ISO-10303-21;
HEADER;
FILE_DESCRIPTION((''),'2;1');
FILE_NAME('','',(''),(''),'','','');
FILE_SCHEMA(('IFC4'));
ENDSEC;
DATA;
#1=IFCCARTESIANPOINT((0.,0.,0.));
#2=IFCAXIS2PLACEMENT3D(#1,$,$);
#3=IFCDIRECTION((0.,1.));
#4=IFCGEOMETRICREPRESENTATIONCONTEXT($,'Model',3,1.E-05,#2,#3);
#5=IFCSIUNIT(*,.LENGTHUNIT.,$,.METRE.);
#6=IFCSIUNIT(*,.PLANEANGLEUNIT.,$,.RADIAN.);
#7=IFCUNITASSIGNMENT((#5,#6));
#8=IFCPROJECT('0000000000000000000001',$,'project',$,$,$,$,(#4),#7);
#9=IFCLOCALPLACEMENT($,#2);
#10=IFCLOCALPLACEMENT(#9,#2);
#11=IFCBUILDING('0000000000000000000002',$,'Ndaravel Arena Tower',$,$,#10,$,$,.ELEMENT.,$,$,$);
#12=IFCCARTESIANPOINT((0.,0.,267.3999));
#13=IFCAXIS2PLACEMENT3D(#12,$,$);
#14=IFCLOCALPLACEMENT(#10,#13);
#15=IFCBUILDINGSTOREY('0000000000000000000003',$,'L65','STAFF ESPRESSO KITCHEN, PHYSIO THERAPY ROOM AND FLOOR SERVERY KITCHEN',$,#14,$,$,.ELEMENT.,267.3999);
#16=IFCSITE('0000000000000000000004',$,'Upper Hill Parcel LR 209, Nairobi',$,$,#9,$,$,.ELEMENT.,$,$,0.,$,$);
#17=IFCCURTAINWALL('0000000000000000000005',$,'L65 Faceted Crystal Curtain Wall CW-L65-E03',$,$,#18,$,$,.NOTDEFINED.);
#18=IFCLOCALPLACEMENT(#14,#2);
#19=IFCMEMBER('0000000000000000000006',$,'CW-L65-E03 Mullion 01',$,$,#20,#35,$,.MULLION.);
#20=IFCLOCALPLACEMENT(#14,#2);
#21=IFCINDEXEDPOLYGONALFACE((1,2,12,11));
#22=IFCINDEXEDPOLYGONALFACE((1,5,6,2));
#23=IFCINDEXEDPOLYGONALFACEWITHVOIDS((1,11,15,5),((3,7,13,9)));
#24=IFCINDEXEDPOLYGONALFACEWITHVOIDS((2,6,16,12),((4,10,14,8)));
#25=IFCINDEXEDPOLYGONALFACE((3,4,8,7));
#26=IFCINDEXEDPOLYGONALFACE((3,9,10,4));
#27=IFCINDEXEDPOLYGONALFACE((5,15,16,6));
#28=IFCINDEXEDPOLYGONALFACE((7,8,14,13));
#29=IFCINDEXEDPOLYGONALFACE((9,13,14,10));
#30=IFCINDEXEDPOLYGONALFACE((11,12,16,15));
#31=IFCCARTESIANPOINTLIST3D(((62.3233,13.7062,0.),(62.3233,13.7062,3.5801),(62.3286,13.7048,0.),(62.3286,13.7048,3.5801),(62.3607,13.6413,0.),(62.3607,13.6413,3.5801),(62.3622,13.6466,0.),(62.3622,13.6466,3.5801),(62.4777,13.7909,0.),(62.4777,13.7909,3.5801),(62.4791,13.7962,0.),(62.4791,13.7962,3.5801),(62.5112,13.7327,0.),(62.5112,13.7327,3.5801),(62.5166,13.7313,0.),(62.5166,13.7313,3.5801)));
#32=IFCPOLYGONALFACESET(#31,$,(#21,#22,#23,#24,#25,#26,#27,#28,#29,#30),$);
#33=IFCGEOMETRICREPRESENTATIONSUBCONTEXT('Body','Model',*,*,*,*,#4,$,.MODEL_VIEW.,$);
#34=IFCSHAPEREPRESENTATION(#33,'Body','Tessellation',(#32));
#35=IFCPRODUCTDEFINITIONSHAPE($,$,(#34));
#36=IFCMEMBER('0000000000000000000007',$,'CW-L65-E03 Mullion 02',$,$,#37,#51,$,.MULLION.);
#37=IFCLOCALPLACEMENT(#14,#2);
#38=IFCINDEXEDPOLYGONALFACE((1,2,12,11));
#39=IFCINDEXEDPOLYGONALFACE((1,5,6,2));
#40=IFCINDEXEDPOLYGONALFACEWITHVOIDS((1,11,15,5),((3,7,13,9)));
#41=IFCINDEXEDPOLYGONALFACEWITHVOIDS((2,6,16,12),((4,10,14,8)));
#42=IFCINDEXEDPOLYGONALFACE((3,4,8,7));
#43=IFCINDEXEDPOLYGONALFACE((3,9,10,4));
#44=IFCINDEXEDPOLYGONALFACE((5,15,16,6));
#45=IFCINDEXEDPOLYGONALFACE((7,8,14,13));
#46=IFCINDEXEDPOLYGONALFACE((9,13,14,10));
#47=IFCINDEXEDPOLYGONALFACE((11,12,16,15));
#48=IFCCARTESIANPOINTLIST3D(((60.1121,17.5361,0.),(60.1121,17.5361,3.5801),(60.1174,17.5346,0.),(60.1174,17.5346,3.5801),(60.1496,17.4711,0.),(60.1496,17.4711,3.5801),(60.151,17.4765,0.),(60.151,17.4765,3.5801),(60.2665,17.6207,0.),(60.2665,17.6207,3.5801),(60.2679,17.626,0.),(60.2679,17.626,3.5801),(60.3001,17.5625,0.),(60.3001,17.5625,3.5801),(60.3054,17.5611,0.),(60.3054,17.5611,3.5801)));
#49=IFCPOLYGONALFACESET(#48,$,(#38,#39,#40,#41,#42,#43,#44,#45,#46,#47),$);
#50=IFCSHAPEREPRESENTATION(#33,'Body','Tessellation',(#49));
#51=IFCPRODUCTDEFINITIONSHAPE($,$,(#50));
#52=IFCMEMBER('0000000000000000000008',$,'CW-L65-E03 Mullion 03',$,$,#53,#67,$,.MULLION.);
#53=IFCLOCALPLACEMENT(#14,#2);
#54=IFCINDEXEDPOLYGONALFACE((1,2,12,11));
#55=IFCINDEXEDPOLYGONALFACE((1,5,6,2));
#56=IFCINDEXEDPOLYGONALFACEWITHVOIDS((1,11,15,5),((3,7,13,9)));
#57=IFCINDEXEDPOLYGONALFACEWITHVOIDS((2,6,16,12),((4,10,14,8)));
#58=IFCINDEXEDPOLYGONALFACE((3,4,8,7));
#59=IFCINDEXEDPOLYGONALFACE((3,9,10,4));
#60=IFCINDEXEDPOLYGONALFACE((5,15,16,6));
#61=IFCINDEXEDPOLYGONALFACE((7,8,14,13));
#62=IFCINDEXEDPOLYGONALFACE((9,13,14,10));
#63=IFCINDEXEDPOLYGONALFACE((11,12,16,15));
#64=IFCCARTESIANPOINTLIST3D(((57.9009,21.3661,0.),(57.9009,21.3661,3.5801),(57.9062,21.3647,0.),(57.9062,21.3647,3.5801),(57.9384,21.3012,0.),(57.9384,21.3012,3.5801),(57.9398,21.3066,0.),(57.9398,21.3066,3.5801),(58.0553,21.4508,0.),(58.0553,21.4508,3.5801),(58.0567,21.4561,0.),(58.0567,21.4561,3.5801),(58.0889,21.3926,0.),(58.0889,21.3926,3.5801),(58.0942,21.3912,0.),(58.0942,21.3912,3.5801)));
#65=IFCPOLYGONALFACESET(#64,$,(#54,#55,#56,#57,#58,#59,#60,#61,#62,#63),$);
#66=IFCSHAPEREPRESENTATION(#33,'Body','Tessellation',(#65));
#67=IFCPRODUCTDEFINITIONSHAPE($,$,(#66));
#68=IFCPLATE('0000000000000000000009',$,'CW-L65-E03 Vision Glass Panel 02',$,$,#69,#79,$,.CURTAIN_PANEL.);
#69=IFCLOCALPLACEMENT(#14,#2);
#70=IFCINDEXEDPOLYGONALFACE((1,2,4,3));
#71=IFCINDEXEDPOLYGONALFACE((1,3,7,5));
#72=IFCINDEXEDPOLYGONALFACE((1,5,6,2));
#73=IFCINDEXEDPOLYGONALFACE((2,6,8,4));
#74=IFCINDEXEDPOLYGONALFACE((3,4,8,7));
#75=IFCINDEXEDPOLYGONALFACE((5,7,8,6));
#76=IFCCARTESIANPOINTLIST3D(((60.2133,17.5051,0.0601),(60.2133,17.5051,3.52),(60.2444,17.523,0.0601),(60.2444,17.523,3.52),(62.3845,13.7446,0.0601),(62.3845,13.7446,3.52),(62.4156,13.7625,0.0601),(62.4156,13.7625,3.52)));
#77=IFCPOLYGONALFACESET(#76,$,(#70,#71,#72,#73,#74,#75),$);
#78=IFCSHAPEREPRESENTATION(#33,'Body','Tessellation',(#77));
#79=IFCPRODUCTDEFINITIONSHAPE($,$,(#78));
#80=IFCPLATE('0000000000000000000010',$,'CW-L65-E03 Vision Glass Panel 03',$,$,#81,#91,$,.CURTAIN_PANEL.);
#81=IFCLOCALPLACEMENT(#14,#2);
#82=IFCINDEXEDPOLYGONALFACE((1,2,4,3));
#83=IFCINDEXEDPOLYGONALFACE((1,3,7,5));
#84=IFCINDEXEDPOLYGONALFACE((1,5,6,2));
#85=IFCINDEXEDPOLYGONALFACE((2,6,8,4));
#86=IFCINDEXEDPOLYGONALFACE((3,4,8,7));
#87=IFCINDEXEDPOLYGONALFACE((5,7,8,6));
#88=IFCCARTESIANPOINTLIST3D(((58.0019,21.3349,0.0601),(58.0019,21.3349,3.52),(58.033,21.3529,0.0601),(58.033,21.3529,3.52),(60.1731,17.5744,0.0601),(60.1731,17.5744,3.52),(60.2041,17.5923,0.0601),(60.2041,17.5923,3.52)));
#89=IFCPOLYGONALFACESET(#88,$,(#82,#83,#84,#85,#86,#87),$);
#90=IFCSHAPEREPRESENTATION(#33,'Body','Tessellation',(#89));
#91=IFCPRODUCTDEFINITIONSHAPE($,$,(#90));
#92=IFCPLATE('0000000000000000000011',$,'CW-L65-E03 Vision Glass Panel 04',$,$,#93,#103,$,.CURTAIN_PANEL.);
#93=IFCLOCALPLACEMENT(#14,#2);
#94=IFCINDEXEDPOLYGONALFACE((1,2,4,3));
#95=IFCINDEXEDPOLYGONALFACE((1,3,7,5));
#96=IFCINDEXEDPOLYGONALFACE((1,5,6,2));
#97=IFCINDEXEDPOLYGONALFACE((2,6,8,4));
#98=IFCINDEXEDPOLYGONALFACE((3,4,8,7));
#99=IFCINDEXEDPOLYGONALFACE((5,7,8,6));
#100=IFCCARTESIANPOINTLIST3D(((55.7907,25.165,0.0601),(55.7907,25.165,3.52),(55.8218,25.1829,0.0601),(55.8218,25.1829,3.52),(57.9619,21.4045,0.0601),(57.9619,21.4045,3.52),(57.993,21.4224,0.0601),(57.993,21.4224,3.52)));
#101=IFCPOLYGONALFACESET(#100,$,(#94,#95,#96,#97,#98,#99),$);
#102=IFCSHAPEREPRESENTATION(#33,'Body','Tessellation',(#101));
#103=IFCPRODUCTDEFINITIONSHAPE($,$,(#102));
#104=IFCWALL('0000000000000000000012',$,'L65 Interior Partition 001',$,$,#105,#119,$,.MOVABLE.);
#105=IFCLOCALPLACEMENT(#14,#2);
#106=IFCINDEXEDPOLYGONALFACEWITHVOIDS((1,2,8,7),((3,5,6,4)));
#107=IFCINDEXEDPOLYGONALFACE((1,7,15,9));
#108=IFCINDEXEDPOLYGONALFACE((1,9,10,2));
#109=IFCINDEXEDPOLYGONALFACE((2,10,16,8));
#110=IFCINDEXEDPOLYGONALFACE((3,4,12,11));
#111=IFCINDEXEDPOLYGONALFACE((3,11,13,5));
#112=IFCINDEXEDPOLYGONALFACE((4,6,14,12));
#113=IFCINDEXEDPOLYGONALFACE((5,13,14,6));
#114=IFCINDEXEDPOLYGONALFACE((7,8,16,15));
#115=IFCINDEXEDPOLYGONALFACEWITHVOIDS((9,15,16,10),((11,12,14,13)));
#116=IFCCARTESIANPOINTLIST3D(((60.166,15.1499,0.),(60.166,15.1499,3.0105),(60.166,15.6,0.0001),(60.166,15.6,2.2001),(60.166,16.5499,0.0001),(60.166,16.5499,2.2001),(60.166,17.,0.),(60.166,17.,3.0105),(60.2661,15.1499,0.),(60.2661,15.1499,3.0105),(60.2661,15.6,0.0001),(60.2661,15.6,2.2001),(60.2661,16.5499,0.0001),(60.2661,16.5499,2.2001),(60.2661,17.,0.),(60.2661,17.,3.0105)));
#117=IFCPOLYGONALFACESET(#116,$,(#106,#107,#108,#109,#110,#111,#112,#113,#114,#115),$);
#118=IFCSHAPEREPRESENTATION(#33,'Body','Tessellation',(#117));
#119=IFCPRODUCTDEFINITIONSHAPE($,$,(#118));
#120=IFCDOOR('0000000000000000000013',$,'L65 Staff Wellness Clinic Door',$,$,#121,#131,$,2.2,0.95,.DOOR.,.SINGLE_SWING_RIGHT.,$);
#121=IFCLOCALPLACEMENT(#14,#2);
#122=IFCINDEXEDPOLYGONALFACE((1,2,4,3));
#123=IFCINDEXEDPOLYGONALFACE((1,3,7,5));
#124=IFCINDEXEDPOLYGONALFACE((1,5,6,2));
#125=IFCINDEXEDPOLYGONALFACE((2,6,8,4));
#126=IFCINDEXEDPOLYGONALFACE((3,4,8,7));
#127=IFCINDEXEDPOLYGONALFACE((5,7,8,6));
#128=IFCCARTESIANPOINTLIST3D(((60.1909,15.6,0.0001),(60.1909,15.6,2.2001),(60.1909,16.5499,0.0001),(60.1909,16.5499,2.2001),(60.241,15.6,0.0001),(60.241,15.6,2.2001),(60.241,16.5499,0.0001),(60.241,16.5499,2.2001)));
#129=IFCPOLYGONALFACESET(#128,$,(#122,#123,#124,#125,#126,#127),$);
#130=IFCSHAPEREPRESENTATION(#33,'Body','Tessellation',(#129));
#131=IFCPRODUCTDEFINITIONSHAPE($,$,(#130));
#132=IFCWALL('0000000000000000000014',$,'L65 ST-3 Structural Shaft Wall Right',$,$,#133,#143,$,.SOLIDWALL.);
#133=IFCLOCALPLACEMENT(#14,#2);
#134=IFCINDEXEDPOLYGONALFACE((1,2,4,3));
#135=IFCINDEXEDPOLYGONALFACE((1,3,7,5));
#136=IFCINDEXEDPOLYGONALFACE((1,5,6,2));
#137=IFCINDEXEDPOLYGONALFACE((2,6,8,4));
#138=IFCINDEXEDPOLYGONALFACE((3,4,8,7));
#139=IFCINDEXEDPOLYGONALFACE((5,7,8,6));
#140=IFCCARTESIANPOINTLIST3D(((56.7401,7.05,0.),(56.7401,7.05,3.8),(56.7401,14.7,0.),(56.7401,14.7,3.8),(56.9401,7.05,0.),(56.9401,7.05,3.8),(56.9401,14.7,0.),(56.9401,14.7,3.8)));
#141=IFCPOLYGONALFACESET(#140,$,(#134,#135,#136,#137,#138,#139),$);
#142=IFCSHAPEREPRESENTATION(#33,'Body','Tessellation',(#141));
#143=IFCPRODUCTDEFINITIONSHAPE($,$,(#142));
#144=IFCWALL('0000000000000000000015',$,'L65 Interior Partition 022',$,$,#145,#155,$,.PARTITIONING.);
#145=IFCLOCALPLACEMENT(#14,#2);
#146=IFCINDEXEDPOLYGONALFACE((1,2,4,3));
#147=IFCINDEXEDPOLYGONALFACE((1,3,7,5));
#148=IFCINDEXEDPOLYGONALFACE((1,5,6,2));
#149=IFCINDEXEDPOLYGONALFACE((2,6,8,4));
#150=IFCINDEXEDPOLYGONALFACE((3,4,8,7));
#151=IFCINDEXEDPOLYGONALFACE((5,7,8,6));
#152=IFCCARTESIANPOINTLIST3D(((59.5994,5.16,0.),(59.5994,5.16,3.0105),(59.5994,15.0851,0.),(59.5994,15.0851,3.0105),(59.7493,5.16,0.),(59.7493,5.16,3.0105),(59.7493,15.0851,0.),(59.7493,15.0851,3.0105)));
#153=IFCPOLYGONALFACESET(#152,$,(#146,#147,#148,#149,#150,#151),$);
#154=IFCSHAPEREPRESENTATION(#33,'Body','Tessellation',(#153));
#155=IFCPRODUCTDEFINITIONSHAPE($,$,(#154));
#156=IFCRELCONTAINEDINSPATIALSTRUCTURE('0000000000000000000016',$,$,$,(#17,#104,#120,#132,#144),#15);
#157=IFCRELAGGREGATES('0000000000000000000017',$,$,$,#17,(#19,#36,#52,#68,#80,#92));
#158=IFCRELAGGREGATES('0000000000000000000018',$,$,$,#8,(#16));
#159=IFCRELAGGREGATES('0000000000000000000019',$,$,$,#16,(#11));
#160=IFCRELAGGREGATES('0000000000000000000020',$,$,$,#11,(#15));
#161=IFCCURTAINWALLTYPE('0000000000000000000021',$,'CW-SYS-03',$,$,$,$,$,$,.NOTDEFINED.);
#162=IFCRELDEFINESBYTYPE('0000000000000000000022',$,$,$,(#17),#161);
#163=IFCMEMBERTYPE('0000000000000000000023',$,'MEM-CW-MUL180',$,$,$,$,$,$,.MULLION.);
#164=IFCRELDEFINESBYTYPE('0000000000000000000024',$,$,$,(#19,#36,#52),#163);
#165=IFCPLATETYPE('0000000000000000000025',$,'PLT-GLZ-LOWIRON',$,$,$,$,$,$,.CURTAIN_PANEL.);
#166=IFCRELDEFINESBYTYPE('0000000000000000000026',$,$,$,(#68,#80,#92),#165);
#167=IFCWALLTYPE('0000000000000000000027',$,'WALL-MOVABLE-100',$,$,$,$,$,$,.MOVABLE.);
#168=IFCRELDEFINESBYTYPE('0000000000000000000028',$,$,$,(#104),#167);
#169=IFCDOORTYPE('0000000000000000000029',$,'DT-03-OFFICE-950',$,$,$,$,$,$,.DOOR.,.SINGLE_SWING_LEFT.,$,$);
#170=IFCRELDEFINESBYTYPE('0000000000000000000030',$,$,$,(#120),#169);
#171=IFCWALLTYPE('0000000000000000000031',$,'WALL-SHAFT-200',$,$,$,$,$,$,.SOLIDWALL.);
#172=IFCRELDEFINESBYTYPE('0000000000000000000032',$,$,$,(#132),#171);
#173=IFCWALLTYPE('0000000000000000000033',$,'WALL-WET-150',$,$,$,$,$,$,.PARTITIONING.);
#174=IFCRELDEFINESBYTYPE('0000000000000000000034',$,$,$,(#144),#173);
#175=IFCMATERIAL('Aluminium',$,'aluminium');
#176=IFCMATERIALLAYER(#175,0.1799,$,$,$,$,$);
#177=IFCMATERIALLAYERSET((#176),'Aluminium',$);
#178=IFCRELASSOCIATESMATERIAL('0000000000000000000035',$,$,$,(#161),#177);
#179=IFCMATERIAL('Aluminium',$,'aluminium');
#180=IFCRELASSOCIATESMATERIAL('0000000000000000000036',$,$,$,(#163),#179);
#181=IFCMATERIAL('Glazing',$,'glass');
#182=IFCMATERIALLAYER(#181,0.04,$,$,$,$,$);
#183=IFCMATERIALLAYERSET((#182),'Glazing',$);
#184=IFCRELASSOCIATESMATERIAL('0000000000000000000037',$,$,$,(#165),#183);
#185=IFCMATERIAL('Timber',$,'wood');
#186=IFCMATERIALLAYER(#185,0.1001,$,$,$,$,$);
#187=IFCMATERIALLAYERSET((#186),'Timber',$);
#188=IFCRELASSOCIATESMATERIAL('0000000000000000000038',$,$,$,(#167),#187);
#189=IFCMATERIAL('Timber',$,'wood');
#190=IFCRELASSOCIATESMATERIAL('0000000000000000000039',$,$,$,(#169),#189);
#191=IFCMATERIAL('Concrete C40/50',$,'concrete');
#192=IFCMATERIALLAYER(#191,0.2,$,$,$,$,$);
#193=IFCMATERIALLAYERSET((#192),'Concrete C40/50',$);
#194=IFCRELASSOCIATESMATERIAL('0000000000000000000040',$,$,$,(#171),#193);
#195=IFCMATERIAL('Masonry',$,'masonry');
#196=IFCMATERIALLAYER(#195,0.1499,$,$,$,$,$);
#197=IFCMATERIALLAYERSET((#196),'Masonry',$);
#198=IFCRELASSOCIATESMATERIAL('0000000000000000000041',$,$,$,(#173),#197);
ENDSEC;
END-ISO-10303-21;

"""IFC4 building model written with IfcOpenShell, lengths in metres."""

from ifc_helpers import new_model, si_unit, direction, frame, frame_2d, origin, origin_2d, place, context, subcontext, project, spatial, rectangle, hollow_rectangle, extrude, material, layer, layer_set, material_profile, profile_set, type_object, element, fill, aggregate, save


model = new_model("IFC4")

# Units and contexts
model_context = context("Model", 3, precision=1e-05, world=origin(), true_north=direction((0.0, 1.0)))
body_context = subcontext(model_context, "Body", "Model", "MODEL_VIEW")
ifc_project = project(units=[si_unit("LENGTHUNIT", "METRE"), si_unit("PLANEANGLEUNIT", "RADIAN")], contexts=[model_context])

# Site, building, storey
site_placement = place(None, origin())
site = spatial("IfcSite", under=ifc_project, at=site_placement, Name="Upper Hill Parcel LR 209, Nairobi", CompositionType="ELEMENT", RefElevation=0.0)
building_placement = place(site_placement, origin())
building = spatial("IfcBuilding", under=site, at=building_placement, Name="Ndaravel Arena Tower", CompositionType="ELEMENT")
storey_placement = place(building_placement, frame((0.0, 0.0, 267.3999)))
storey = spatial("IfcBuildingStorey", under=building, at=storey_placement, Name="L65", Description="STAFF ESPRESSO KITCHEN, PHYSIO THERAPY ROOM AND FLOOR SERVERY KITCHEN", CompositionType="ELEMENT", Elevation=267.3999)

# Curtain wall, members, plates
ifc_material_1 = material(Name="Aluminium", Category="aluminium")
ifc_layer_1 = layer(ifc_material_1, 0.1799)
ifc_layer_set_1 = layer_set([ifc_layer_1], Name="Aluminium")
curtain_wall_type = type_object("IfcCurtainWallType", Name="CW-SYS-03", PredefinedType="NOTDEFINED", material=ifc_layer_set_1)
curtain_wall_placement = place(storey_placement, origin())
curtain_wall = element("IfcCurtainWall", 1, at=curtain_wall_placement, inside=storey, type_object=curtain_wall_type, Name="L65 Faceted Crystal Curtain Wall CW-L65-E03", PredefinedType="NOTDEFINED")
ifc_material_2 = material(Name="Aluminium", Category="aluminium")
ifc_material_profile = material_profile(ifc_material_2, hollow_rectangle(XDim=0.075, YDim=0.1799, WallThickness=0.0039, at=origin_2d()), Name="CW MULLION 75x180x4")
ifc_profile_set = profile_set([ifc_material_profile], Name="Aluminium")
member_type = type_object("IfcMemberType", Name="MEM-CW-MUL180", PredefinedType="MULLION", material=ifc_profile_set)
member_1_placement = place(storey_placement, frame((62.4199, 13.7188, 0.0), z_axis=(0.0, 0.0, 1.0), x_axis=(-0.5, 0.866025, 0.0)))
member_1 = element("IfcMember", 2, at=member_1_placement, type_object=member_type, Name="CW-L65-E03 Mullion 01", PredefinedType="MULLION", context=body_context, shape_type="SweptSolid", body=[
    extrude(hollow_rectangle(XDim=0.075, YDim=0.1799, WallThickness=0.0039, at=origin_2d()), origin(), (0.0, 0.0, 1.0), 3.5801),
])
member_2_placement = place(storey_placement, frame((60.2087, 17.5486, 0.0), z_axis=(0.0, 0.0, 1.0), x_axis=(-0.5, 0.866025, 0.0)))
member_2 = element("IfcMember", 3, at=member_2_placement, type_object=member_type, Name="CW-L65-E03 Mullion 02", PredefinedType="MULLION", context=body_context, shape_type="SweptSolid", body=[
    extrude(hollow_rectangle(XDim=0.075, YDim=0.1799, WallThickness=0.0039, at=origin_2d()), origin(), (0.0, 0.0, 1.0), 3.5801),
])
member_3_placement = place(storey_placement, frame((57.9976, 21.3787, 0.0), z_axis=(0.0, 0.0, 1.0), x_axis=(-0.5, 0.866025, 0.0)))
member_3 = element("IfcMember", 4, at=member_3_placement, type_object=member_type, Name="CW-L65-E03 Mullion 03", PredefinedType="MULLION", context=body_context, shape_type="SweptSolid", body=[
    extrude(hollow_rectangle(XDim=0.075, YDim=0.1799, WallThickness=0.0039, at=origin_2d()), origin(), (0.0, 0.0, 1.0), 3.5801),
])
ifc_material_3 = material(Name="Glazing", Category="glass")
ifc_layer_2 = layer(ifc_material_3, 0.04)
ifc_layer_set_2 = layer_set([ifc_layer_2], Name="Glazing")
plate_type = type_object("IfcPlateType", Name="PLT-GLZ-LOWIRON", PredefinedType="CURTAIN_PANEL", material=ifc_layer_set_2)
plate_1_placement = place(storey_placement, frame((61.3145, 15.6338, 0.0601), z_axis=(0.0, 0.0, 1.0), x_axis=(-0.5, 0.866025, 0.0)))
plate_1 = element("IfcPlate", 5, at=plate_1_placement, type_object=plate_type, Name="CW-L65-E03 Vision Glass Panel 02", PredefinedType="CURTAIN_PANEL", context=body_context, shape_type="SweptSolid", body=[
    extrude(rectangle(XDim=4.3423, YDim=0.0359, at=origin_2d()), origin(), (0.0, 0.0, 1.0), 3.46),
])
plate_2_placement = place(storey_placement, frame((59.103, 19.4636, 0.0601), z_axis=(0.0, 0.0, 1.0), x_axis=(-0.5, 0.866025, 0.0)))
plate_2 = element("IfcPlate", 6, at=plate_2_placement, type_object=plate_type, Name="CW-L65-E03 Vision Glass Panel 03", PredefinedType="CURTAIN_PANEL", context=body_context, shape_type="SweptSolid", body=[
    extrude(rectangle(XDim=4.3423, YDim=0.0359, at=origin_2d()), origin(), (0.0, 0.0, 1.0), 3.46),
])
plate_3_placement = place(storey_placement, frame((56.8918, 23.2937, 0.0601), z_axis=(0.0, 0.0, 1.0), x_axis=(-0.5, 0.866025, 0.0)))
plate_3 = element("IfcPlate", 7, at=plate_3_placement, type_object=plate_type, Name="CW-L65-E03 Vision Glass Panel 04", PredefinedType="CURTAIN_PANEL", context=body_context, shape_type="SweptSolid", body=[
    extrude(rectangle(XDim=4.3423, YDim=0.0359, at=origin_2d()), origin(), (0.0, 0.0, 1.0), 3.46),
])
aggregate(curtain_wall, [member_1, member_2, member_3, plate_1, plate_2, plate_3])

# Wall, opening, door
ifc_material_4 = material(Name="Timber", Category="wood")
ifc_layer_3 = layer(ifc_material_4, 0.1001)
ifc_layer_set_3 = layer_set([ifc_layer_3], Name="Timber")
wall_type_1 = type_object("IfcWallType", Name="WALL-MOVABLE-100", PredefinedType="MOVABLE", material=ifc_layer_set_3)
wall_1_placement = place(storey_placement, frame((60.2161, 17.0, 0.0), z_axis=(0.0, 0.0, 1.0), x_axis=(0.0, -1.0, 0.0)))
wall_1 = element("IfcWall", 8, at=wall_1_placement, inside=storey, type_object=wall_type_1, Name="L65 Interior Partition 001", PredefinedType="MOVABLE", context=body_context, shape_type="SweptSolid", body=[
    extrude(rectangle(XDim=1.8501, YDim=0.1001, at=frame_2d((0.925, 0.0))), origin(), (0.0, 0.0, 1.0), 3.0105),
])
opening_1_placement = place(wall_1_placement, frame((0.45, 0.0, 0.0)))
opening_1 = element("IfcOpeningElement", 9, at=opening_1_placement, cuts=wall_1, PredefinedType="OPENING", context=body_context, shape_type="SweptSolid", body=[
    extrude(rectangle(XDim=0.95, YDim=2.2, at=frame_2d((0.4751, 1.1001))), frame((0.0, 0.05, 0.0), z_axis=(0.0, -1.0, 0.0), x_axis=(1.0, 0.0, 0.0)), (0.0, 0.0, 1.0), 0.1001),
])
ifc_material_5 = material(Name="Timber", Category="wood")
door_type_1 = type_object("IfcDoorType", Name="DT-03-OFFICE-950", OperationType="SINGLE_SWING_LEFT", PredefinedType="DOOR", material=ifc_material_5)
door_1_placement = place(opening_1_placement, origin())
door_1 = element("IfcDoor", 10, at=door_1_placement, inside=storey, type_object=door_type_1, Name="L65 Staff Wellness Clinic Door", OperationType="SINGLE_SWING_RIGHT", OverallHeight=2.2, OverallWidth=0.95, PredefinedType="DOOR", context=body_context, shape_type="SweptSolid", body=[
    extrude(rectangle(XDim=0.95, YDim=2.2, at=frame_2d((0.4751, 1.1001))), frame((0.0, 0.0249, 0.0), z_axis=(0.0, -1.0, 0.0), x_axis=(1.0, 0.0, 0.0)), (0.0, 0.0, 1.0), 0.05),
])
fill(opening_1, door_1)

# Wall
ifc_material_6 = material(Name="Concrete C40/50", Category="concrete")
ifc_layer_4 = layer(ifc_material_6, 0.2)
ifc_layer_set_4 = layer_set([ifc_layer_4], Name="Concrete C40/50")
wall_type_2 = type_object("IfcWallType", Name="WALL-SHAFT-200", PredefinedType="SOLIDWALL", material=ifc_layer_set_4)
wall_2_placement = place(storey_placement, frame((56.8401, 14.7, 0.0), z_axis=(0.0, 0.0, 1.0), x_axis=(0.0, -1.0, 0.0)))
element("IfcWall", 11, at=wall_2_placement, inside=storey, type_object=wall_type_2, Name="L65 ST-3 Structural Shaft Wall Right", PredefinedType="SOLIDWALL", context=body_context, shape_type="SweptSolid", body=[
    extrude(rectangle(XDim=7.6499, YDim=0.2, at=frame_2d((3.825, 0.0))), origin(), (0.0, 0.0, 1.0), 3.8),
])

# Shared definitions
ifc_material_7 = material(Name="Masonry", Category="masonry")
ifc_layer_5 = layer(ifc_material_7, 0.1499)
ifc_layer_set_5 = layer_set([ifc_layer_5], Name="Masonry")
wall_type_3 = type_object("IfcWallType", Name="WALL-WET-150", PredefinedType="PARTITIONING", material=ifc_layer_set_5)

# Wall
wall_3_placement = place(storey_placement, frame((59.6743, 15.085, 0.0), z_axis=(0.0, 0.0, 1.0), x_axis=(0.0, -1.0, 0.0)))
element("IfcWall", 12, at=wall_3_placement, inside=storey, type_object=wall_type_3, Name="L65 Interior Partition 022", PredefinedType="PARTITIONING", context=body_context, shape_type="SweptSolid", body=[
    extrude(rectangle(XDim=9.925, YDim=0.1499, at=frame_2d((4.9624, 0.0))), origin(), (0.0, 0.0, 1.0), 3.0105),
])

save(model, "model.ifc")
